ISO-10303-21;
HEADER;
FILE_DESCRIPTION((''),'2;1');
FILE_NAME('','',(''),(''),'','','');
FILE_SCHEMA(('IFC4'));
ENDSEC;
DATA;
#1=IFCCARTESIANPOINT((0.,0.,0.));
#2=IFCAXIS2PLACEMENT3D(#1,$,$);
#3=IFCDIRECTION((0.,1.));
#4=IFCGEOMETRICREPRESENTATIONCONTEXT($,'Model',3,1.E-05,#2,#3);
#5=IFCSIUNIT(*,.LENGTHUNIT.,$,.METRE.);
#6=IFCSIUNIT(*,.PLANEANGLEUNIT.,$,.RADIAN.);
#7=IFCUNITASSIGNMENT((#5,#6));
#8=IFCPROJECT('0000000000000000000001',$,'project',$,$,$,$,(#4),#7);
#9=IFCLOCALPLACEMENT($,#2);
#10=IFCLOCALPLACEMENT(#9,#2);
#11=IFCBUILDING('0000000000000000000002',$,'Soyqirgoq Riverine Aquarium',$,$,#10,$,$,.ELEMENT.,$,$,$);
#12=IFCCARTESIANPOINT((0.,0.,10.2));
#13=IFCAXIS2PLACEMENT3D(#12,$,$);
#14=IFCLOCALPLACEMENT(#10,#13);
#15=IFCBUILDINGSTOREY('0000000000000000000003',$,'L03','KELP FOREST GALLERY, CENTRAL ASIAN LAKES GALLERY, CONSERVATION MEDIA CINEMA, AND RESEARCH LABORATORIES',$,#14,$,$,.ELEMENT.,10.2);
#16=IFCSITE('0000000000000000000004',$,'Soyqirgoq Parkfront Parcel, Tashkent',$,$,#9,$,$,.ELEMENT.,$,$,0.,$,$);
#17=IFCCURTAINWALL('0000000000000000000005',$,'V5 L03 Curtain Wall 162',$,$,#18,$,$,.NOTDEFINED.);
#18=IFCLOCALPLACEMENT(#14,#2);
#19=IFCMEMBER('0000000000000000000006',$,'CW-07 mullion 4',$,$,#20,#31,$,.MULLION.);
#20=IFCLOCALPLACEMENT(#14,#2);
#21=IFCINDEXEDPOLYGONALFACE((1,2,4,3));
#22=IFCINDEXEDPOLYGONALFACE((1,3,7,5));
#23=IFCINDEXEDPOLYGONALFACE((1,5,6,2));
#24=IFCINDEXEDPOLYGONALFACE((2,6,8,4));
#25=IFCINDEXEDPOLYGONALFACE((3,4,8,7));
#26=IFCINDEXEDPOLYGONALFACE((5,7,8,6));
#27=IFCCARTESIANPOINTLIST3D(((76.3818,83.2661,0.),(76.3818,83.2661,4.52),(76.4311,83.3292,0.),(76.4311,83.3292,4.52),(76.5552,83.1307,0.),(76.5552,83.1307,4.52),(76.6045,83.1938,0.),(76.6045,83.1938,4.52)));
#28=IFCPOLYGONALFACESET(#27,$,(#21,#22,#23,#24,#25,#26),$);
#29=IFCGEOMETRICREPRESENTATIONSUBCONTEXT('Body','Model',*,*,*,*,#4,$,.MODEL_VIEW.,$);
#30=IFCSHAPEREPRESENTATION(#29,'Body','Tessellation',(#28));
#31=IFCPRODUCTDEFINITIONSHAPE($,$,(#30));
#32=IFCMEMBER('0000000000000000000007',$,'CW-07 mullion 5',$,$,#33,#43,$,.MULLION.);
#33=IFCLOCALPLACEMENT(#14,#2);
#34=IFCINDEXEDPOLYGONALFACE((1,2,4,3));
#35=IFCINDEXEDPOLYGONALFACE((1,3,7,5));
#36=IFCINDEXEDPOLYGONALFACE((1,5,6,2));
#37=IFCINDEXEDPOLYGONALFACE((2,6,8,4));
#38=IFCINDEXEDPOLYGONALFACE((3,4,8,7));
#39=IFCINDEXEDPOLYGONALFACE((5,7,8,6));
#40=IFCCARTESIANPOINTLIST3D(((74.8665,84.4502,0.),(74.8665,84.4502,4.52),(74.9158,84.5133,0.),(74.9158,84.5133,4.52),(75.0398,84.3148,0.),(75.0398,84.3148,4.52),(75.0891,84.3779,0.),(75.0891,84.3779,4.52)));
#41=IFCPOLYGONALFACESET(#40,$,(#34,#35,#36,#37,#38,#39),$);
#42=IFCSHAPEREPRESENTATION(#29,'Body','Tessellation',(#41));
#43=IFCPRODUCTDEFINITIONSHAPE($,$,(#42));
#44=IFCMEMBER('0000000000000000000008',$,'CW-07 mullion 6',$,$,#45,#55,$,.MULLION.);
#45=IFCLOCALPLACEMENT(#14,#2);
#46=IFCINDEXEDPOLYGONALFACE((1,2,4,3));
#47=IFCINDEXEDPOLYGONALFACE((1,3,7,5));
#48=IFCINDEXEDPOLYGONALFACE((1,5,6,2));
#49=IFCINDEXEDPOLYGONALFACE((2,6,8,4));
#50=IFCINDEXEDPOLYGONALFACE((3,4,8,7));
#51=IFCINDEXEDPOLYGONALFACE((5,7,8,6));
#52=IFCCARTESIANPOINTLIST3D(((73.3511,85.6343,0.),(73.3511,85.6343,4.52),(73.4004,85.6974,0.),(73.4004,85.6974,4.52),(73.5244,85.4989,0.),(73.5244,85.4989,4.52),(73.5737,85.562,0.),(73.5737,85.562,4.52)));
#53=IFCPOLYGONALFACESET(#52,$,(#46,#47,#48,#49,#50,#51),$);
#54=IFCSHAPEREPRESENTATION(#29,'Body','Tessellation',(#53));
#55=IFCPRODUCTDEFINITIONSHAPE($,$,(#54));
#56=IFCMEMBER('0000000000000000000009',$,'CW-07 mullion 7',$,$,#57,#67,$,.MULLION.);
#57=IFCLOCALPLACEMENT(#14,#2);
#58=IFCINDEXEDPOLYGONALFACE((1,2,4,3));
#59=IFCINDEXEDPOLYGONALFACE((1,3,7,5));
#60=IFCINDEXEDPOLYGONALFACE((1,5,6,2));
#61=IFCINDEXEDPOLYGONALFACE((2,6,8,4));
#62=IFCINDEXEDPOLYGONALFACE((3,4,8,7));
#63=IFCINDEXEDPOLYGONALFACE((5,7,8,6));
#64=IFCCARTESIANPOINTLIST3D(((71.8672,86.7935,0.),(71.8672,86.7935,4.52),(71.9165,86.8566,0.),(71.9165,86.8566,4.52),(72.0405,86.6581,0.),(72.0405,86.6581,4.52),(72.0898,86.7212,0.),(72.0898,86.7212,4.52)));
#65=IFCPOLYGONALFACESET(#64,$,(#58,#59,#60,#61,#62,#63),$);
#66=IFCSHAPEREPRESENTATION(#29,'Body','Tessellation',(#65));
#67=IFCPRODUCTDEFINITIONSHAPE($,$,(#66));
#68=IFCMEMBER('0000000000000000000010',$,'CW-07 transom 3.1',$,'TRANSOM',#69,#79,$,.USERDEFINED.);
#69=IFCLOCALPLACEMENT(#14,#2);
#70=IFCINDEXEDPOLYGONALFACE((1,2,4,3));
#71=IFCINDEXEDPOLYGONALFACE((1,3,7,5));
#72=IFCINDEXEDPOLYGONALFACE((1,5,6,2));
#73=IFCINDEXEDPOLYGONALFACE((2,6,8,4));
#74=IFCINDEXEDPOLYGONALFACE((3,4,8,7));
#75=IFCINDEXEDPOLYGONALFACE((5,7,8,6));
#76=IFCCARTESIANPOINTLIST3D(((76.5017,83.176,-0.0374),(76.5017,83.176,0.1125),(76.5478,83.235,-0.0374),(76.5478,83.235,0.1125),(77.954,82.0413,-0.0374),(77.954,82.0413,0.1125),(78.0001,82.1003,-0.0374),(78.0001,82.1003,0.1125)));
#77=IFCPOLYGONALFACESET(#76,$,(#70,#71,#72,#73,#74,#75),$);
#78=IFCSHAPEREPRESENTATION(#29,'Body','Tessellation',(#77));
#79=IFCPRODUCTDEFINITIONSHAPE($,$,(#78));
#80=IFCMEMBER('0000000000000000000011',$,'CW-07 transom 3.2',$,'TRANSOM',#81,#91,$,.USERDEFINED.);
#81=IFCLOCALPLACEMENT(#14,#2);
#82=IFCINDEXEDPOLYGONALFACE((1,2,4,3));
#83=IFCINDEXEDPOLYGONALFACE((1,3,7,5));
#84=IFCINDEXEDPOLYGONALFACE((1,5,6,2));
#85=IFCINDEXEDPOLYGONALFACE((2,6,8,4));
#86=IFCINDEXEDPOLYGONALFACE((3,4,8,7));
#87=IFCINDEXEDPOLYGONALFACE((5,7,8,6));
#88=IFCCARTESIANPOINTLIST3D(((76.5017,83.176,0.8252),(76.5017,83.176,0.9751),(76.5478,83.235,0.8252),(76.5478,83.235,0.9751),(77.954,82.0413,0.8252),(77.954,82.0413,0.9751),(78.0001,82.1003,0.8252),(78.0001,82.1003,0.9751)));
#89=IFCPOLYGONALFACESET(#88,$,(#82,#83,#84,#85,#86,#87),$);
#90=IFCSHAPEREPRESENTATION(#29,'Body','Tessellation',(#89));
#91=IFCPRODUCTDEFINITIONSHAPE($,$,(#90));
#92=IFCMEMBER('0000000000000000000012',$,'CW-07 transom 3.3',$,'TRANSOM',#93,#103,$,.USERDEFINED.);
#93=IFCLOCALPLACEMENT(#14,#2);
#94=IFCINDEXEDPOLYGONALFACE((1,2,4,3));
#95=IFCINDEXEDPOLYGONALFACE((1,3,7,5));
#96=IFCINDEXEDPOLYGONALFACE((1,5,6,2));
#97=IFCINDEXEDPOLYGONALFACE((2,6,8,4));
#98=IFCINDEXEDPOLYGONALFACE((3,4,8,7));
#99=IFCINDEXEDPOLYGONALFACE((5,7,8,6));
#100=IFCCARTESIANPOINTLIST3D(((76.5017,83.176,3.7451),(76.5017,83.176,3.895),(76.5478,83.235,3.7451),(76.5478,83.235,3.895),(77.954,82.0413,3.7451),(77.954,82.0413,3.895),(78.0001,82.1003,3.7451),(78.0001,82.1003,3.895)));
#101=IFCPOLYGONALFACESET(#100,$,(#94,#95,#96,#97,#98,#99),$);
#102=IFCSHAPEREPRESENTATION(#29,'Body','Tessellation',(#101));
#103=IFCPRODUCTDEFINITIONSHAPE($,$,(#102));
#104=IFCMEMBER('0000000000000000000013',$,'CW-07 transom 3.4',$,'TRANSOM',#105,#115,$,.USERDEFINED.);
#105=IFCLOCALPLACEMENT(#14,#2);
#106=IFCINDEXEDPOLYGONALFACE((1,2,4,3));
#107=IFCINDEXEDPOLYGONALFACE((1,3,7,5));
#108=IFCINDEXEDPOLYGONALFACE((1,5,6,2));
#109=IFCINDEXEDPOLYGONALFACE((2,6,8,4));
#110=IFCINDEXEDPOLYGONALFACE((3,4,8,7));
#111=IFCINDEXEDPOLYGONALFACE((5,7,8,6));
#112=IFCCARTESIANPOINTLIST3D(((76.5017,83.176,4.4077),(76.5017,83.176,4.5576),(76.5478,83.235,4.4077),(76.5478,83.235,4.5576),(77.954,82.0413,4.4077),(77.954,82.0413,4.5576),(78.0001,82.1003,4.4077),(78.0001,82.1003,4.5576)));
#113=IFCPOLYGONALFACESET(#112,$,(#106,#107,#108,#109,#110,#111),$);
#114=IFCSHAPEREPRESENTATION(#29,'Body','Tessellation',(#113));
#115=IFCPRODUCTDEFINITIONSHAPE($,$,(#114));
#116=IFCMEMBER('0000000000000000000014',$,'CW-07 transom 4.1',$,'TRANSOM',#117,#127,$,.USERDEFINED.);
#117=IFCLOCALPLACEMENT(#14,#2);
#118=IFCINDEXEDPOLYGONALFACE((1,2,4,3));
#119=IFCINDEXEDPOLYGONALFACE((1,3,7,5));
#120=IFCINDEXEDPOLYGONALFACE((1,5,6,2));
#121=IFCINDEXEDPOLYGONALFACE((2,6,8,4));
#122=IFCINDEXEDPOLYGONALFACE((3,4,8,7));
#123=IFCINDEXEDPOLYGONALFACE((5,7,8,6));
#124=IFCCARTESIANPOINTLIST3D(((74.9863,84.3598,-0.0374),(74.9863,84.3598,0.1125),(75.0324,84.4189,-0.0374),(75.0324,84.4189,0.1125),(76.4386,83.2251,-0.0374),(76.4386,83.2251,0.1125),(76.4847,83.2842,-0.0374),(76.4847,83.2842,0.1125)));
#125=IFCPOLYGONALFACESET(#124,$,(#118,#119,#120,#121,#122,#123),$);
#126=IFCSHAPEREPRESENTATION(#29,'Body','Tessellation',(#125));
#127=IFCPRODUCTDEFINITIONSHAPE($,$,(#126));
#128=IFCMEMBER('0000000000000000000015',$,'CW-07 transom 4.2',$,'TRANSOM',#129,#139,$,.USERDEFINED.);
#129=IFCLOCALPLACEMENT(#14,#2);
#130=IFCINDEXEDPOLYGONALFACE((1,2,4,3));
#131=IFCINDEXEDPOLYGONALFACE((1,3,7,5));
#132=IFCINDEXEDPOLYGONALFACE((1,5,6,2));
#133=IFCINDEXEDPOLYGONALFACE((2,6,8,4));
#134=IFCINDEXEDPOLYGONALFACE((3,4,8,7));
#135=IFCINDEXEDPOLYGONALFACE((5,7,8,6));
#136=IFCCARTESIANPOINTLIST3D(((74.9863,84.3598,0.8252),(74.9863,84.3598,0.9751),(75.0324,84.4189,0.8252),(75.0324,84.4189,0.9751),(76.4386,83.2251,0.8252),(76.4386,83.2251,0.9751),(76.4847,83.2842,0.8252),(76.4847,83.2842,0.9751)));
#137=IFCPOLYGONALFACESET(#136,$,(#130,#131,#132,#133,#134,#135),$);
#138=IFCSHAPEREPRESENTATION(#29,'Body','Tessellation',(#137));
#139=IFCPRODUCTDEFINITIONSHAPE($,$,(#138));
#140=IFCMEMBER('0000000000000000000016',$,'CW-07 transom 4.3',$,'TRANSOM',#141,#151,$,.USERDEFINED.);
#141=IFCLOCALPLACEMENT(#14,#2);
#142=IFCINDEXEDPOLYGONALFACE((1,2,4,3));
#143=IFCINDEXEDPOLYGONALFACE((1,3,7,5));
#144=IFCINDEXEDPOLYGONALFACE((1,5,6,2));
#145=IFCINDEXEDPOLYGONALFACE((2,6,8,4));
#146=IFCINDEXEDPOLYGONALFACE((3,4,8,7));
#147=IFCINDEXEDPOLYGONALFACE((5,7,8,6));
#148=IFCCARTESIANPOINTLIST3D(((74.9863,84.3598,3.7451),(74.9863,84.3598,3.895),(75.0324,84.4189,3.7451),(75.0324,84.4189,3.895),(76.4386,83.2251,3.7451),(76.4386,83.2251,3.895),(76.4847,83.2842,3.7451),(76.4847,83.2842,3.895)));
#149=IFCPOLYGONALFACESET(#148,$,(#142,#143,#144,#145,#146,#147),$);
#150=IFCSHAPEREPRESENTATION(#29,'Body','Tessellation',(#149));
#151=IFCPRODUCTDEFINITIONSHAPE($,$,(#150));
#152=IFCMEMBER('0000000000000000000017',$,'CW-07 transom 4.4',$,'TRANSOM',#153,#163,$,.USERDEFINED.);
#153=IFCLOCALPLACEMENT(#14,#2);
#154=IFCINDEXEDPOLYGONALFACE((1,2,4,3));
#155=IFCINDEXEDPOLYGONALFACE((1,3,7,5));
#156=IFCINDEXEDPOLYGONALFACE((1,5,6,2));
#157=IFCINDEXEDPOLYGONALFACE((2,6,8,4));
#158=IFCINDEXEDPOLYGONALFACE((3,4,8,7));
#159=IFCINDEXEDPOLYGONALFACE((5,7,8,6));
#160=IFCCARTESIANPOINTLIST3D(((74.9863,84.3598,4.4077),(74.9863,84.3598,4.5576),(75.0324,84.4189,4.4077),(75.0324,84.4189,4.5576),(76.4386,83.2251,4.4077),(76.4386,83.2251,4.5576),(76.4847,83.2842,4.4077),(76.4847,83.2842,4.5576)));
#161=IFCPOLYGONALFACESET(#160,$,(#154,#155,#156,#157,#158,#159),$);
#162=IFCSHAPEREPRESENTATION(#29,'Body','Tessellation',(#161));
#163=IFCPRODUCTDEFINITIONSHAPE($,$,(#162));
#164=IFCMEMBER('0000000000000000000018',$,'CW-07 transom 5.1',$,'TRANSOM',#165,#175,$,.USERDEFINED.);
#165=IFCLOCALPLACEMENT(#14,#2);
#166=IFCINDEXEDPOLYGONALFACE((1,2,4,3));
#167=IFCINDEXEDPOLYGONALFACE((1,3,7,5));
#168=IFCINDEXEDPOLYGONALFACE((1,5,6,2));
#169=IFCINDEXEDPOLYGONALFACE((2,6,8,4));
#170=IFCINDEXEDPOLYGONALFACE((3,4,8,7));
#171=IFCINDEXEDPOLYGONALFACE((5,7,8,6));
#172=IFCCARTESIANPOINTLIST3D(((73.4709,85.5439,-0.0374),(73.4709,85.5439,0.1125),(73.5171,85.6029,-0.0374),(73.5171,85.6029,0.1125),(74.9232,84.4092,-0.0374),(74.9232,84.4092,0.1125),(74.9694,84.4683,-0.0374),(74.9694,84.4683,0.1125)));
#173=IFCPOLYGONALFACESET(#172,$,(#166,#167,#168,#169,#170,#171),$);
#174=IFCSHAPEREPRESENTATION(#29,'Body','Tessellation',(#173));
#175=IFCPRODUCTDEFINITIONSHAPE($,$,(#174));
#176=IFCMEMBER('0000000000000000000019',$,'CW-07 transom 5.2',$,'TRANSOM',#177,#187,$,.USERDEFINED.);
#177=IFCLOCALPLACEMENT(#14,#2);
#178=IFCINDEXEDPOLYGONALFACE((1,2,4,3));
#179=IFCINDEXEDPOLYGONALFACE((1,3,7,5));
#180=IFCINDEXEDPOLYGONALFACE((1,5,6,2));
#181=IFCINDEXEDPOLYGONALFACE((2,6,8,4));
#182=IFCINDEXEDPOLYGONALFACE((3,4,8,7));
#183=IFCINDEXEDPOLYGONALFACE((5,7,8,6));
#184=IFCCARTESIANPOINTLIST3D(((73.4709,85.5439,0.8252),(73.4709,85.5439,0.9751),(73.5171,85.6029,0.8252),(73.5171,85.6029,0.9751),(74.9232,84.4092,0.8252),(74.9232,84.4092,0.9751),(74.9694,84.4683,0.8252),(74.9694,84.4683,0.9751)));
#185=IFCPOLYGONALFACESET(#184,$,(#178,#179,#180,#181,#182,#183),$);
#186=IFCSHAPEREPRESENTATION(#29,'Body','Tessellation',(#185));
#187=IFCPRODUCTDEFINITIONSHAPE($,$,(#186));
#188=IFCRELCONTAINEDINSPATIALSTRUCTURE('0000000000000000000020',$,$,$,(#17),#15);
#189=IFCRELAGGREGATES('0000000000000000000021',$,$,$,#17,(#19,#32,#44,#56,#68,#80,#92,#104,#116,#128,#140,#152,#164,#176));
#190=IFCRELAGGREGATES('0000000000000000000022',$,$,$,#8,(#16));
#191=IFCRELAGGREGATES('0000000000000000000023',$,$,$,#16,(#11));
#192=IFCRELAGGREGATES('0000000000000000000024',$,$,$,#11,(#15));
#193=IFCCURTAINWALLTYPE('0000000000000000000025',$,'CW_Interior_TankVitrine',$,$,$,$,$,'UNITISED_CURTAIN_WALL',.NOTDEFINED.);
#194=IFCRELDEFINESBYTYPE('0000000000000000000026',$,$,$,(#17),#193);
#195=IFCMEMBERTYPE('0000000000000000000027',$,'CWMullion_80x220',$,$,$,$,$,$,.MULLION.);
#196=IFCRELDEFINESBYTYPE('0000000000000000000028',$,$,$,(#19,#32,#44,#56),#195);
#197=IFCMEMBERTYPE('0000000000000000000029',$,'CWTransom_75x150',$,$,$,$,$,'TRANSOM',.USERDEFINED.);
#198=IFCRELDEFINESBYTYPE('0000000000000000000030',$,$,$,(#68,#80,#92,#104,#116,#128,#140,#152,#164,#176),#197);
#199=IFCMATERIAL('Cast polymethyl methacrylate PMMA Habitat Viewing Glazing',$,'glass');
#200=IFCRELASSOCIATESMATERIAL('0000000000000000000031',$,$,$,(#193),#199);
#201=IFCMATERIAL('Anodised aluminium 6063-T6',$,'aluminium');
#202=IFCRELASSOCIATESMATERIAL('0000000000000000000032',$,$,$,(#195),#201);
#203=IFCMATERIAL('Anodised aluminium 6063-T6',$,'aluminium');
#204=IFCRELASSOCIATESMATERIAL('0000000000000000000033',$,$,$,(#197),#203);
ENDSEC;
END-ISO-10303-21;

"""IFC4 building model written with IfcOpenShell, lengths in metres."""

from ifc_helpers import new_model, si_unit, direction, frame, origin, origin_2d, place, context, subcontext, project, spatial, rectangle, extrude, material, material_profile, profile_set, type_object, element, aggregate, save


model = new_model("IFC4")

# Units and contexts
model_context = context("Model", 3, precision=1e-05, world=origin(), true_north=direction((0.0, 1.0)))
body_context = subcontext(model_context, "Body", "Model", "MODEL_VIEW")
ifc_project = project(units=[si_unit("LENGTHUNIT", "METRE"), si_unit("PLANEANGLEUNIT", "RADIAN")], contexts=[model_context])

# Site, building, storey
site_placement = place(None, origin())
site = spatial("IfcSite", under=ifc_project, at=site_placement, Name="Soyqirgoq Parkfront Parcel, Tashkent", CompositionType="ELEMENT", RefElevation=0.0)
building_placement = place(site_placement, origin())
building = spatial("IfcBuilding", under=site, at=building_placement, Name="Soyqirgoq Riverine Aquarium", CompositionType="ELEMENT")
storey_placement = place(building_placement, frame((0.0, 0.0, 10.2)))
storey = spatial("IfcBuildingStorey", under=building, at=storey_placement, Name="L03", Description="KELP FOREST GALLERY, CENTRAL ASIAN LAKES GALLERY, CONSERVATION MEDIA CINEMA, AND RESEARCH LABORATORIES", CompositionType="ELEMENT", Elevation=10.2)

# Curtain wall, members
ifc_material_1 = material(Name="Cast polymethyl methacrylate PMMA Habitat Viewing Glazing", Category="glass")
curtain_wall_type = type_object("IfcCurtainWallType", Name="CW_Interior_TankVitrine", ElementType="UNITISED_CURTAIN_WALL", PredefinedType="NOTDEFINED", material=ifc_material_1)
curtain_wall_placement = place(storey_placement, origin())
curtain_wall = element("IfcCurtainWall", 1, at=curtain_wall_placement, inside=storey, type_object=curtain_wall_type, Name="V5 L03 Curtain Wall 162", PredefinedType="NOTDEFINED")
ifc_material_2 = material(Name="Anodised aluminium 6063-T6", Category="aluminium")
ifc_material_profile_1 = material_profile(ifc_material_2, rectangle(XDim=0.0801, YDim=0.22, at=origin_2d()), Name="ALU-M 80x220")
ifc_profile_set_1 = profile_set([ifc_material_profile_1], Name="Anodised aluminium 6063-T6")
member_type_1 = type_object("IfcMemberType", Name="CWMullion_80x220", PredefinedType="MULLION", material=ifc_profile_set_1)
member_1_placement = place(storey_placement, frame((76.4932, 83.23, 0.0), z_axis=(0.0, 0.0, 1.0), x_axis=(-0.615655, -0.788016, 0.0)))
member_1 = element("IfcMember", 2, at=member_1_placement, type_object=member_type_1, Name="CW-07 mullion 4", PredefinedType="MULLION", context=body_context, shape_type="SweptSolid", body=[
    extrude(rectangle(XDim=0.0801, YDim=0.22, at=origin_2d()), origin(), (0.0, 0.0, 1.0), 4.52),
])
member_2_placement = place(storey_placement, frame((74.9778, 84.4141, 0.0), z_axis=(0.0, 0.0, 1.0), x_axis=(-0.615655, -0.788016, 0.0)))
member_2 = element("IfcMember", 3, at=member_2_placement, type_object=member_type_1, Name="CW-07 mullion 5", PredefinedType="MULLION", context=body_context, shape_type="SweptSolid", body=[
    extrude(rectangle(XDim=0.0801, YDim=0.22, at=origin_2d()), origin(), (0.0, 0.0, 1.0), 4.52),
])
member_3_placement = place(storey_placement, frame((73.4624, 85.5981, 0.0), z_axis=(0.0, 0.0, 1.0), x_axis=(-0.615655, -0.788016, 0.0)))
member_3 = element("IfcMember", 4, at=member_3_placement, type_object=member_type_1, Name="CW-07 mullion 6", PredefinedType="MULLION", context=body_context, shape_type="SweptSolid", body=[
    extrude(rectangle(XDim=0.0801, YDim=0.22, at=origin_2d()), origin(), (0.0, 0.0, 1.0), 4.52),
])
member_4_placement = place(storey_placement, frame((71.9785, 86.7573, 0.0), z_axis=(0.0, 0.0, 1.0), x_axis=(-0.615655, -0.788016, 0.0)))
member_4 = element("IfcMember", 5, at=member_4_placement, type_object=member_type_1, Name="CW-07 mullion 7", PredefinedType="MULLION", context=body_context, shape_type="SweptSolid", body=[
    extrude(rectangle(XDim=0.0801, YDim=0.22, at=origin_2d()), origin(), (0.0, 0.0, 1.0), 4.52),
])
ifc_material_3 = material(Name="Anodised aluminium 6063-T6", Category="aluminium")
ifc_material_profile_2 = material_profile(ifc_material_3, rectangle(XDim=0.075, YDim=0.1499, at=origin_2d()), Name="ALU-T 75x150")
ifc_profile_set_2 = profile_set([ifc_material_profile_2], Name="Anodised aluminium 6063-T6")
member_type_2 = type_object("IfcMemberType", Name="CWTransom_75x150", ElementType="TRANSOM", PredefinedType="USERDEFINED", material=ifc_profile_set_2)
member_5_placement = place(storey_placement, frame((77.9771, 82.0708, 0.0376), z_axis=(-0.788002, 0.615672, 0.0), x_axis=(-0.615672, -0.788002, 0.0)))
member_5 = element("IfcMember", 6, at=member_5_placement, type_object=member_type_2, Name="CW-07 transom 3.1", ObjectType="TRANSOM", PredefinedType="USERDEFINED", context=body_context, shape_type="SweptSolid", body=[
    extrude(rectangle(XDim=0.075, YDim=0.1499, at=origin_2d()), origin(), (0.0, 0.0, 1.0), 1.843),
])
member_6_placement = place(storey_placement, frame((77.9771, 82.0708, 0.9001), z_axis=(-0.788002, 0.615672, 0.0), x_axis=(-0.615672, -0.788002, 0.0)))
member_6 = element("IfcMember", 7, at=member_6_placement, type_object=member_type_2, Name="CW-07 transom 3.2", ObjectType="TRANSOM", PredefinedType="USERDEFINED", context=body_context, shape_type="SweptSolid", body=[
    extrude(rectangle(XDim=0.075, YDim=0.1499, at=origin_2d()), origin(), (0.0, 0.0, 1.0), 1.843),
])
member_7_placement = place(storey_placement, frame((77.9771, 82.0708, 3.8201), z_axis=(-0.788002, 0.615672, 0.0), x_axis=(-0.615672, -0.788002, 0.0)))
member_7 = element("IfcMember", 8, at=member_7_placement, type_object=member_type_2, Name="CW-07 transom 3.3", ObjectType="TRANSOM", PredefinedType="USERDEFINED", context=body_context, shape_type="SweptSolid", body=[
    extrude(rectangle(XDim=0.075, YDim=0.1499, at=origin_2d()), origin(), (0.0, 0.0, 1.0), 1.843),
])
member_8_placement = place(storey_placement, frame((77.9771, 82.0708, 4.4827), z_axis=(-0.788002, 0.615672, 0.0), x_axis=(-0.615672, -0.788002, 0.0)))
member_8 = element("IfcMember", 9, at=member_8_placement, type_object=member_type_2, Name="CW-07 transom 3.4", ObjectType="TRANSOM", PredefinedType="USERDEFINED", context=body_context, shape_type="SweptSolid", body=[
    extrude(rectangle(XDim=0.075, YDim=0.1499, at=origin_2d()), origin(), (0.0, 0.0, 1.0), 1.843),
])
member_9_placement = place(storey_placement, frame((76.4617, 83.2546, 0.0376), z_axis=(-0.788002, 0.615672, 0.0), x_axis=(-0.615672, -0.788002, 0.0)))
member_9 = element("IfcMember", 10, at=member_9_placement, type_object=member_type_2, Name="CW-07 transom 4.1", ObjectType="TRANSOM", PredefinedType="USERDEFINED", context=body_context, shape_type="SweptSolid", body=[
    extrude(rectangle(XDim=0.075, YDim=0.1499, at=origin_2d()), origin(), (0.0, 0.0, 1.0), 1.843),
])
member_10_placement = place(storey_placement, frame((76.4617, 83.2546, 0.9001), z_axis=(-0.788002, 0.615672, 0.0), x_axis=(-0.615672, -0.788002, 0.0)))
member_10 = element("IfcMember", 11, at=member_10_placement, type_object=member_type_2, Name="CW-07 transom 4.2", ObjectType="TRANSOM", PredefinedType="USERDEFINED", context=body_context, shape_type="SweptSolid", body=[
    extrude(rectangle(XDim=0.075, YDim=0.1499, at=origin_2d()), origin(), (0.0, 0.0, 1.0), 1.843),
])
member_11_placement = place(storey_placement, frame((76.4617, 83.2546, 3.8201), z_axis=(-0.788002, 0.615672, 0.0), x_axis=(-0.615672, -0.788002, 0.0)))
member_11 = element("IfcMember", 12, at=member_11_placement, type_object=member_type_2, Name="CW-07 transom 4.3", ObjectType="TRANSOM", PredefinedType="USERDEFINED", context=body_context, shape_type="SweptSolid", body=[
    extrude(rectangle(XDim=0.075, YDim=0.1499, at=origin_2d()), origin(), (0.0, 0.0, 1.0), 1.843),
])
member_12_placement = place(storey_placement, frame((76.4617, 83.2546, 4.4827), z_axis=(-0.788002, 0.615672, 0.0), x_axis=(-0.615672, -0.788002, 0.0)))
member_12 = element("IfcMember", 13, at=member_12_placement, type_object=member_type_2, Name="CW-07 transom 4.4", ObjectType="TRANSOM", PredefinedType="USERDEFINED", context=body_context, shape_type="SweptSolid", body=[
    extrude(rectangle(XDim=0.075, YDim=0.1499, at=origin_2d()), origin(), (0.0, 0.0, 1.0), 1.843),
])
member_13_placement = place(storey_placement, frame((74.9463, 84.4387, 0.0376), z_axis=(-0.788002, 0.615672, 0.0), x_axis=(-0.615672, -0.788002, 0.0)))
member_13 = element("IfcMember", 14, at=member_13_placement, type_object=member_type_2, Name="CW-07 transom 5.1", ObjectType="TRANSOM", PredefinedType="USERDEFINED", context=body_context, shape_type="SweptSolid", body=[
    extrude(rectangle(XDim=0.075, YDim=0.1499, at=origin_2d()), origin(), (0.0, 0.0, 1.0), 1.843),
])
member_14_placement = place(storey_placement, frame((74.9463, 84.4387, 0.9001), z_axis=(-0.788002, 0.615672, 0.0), x_axis=(-0.615672, -0.788002, 0.0)))
member_14 = element("IfcMember", 15, at=member_14_placement, type_object=member_type_2, Name="CW-07 transom 5.2", ObjectType="TRANSOM", PredefinedType="USERDEFINED", context=body_context, shape_type="SweptSolid", body=[
    extrude(rectangle(XDim=0.075, YDim=0.1499, at=origin_2d()), origin(), (0.0, 0.0, 1.0), 1.843),
])
aggregate(curtain_wall, [member_1, member_2, member_3, member_4, member_5, member_6, member_7, member_8, member_9, member_10, member_11, member_12, member_13, member_14])

save(model, "model.ifc")
